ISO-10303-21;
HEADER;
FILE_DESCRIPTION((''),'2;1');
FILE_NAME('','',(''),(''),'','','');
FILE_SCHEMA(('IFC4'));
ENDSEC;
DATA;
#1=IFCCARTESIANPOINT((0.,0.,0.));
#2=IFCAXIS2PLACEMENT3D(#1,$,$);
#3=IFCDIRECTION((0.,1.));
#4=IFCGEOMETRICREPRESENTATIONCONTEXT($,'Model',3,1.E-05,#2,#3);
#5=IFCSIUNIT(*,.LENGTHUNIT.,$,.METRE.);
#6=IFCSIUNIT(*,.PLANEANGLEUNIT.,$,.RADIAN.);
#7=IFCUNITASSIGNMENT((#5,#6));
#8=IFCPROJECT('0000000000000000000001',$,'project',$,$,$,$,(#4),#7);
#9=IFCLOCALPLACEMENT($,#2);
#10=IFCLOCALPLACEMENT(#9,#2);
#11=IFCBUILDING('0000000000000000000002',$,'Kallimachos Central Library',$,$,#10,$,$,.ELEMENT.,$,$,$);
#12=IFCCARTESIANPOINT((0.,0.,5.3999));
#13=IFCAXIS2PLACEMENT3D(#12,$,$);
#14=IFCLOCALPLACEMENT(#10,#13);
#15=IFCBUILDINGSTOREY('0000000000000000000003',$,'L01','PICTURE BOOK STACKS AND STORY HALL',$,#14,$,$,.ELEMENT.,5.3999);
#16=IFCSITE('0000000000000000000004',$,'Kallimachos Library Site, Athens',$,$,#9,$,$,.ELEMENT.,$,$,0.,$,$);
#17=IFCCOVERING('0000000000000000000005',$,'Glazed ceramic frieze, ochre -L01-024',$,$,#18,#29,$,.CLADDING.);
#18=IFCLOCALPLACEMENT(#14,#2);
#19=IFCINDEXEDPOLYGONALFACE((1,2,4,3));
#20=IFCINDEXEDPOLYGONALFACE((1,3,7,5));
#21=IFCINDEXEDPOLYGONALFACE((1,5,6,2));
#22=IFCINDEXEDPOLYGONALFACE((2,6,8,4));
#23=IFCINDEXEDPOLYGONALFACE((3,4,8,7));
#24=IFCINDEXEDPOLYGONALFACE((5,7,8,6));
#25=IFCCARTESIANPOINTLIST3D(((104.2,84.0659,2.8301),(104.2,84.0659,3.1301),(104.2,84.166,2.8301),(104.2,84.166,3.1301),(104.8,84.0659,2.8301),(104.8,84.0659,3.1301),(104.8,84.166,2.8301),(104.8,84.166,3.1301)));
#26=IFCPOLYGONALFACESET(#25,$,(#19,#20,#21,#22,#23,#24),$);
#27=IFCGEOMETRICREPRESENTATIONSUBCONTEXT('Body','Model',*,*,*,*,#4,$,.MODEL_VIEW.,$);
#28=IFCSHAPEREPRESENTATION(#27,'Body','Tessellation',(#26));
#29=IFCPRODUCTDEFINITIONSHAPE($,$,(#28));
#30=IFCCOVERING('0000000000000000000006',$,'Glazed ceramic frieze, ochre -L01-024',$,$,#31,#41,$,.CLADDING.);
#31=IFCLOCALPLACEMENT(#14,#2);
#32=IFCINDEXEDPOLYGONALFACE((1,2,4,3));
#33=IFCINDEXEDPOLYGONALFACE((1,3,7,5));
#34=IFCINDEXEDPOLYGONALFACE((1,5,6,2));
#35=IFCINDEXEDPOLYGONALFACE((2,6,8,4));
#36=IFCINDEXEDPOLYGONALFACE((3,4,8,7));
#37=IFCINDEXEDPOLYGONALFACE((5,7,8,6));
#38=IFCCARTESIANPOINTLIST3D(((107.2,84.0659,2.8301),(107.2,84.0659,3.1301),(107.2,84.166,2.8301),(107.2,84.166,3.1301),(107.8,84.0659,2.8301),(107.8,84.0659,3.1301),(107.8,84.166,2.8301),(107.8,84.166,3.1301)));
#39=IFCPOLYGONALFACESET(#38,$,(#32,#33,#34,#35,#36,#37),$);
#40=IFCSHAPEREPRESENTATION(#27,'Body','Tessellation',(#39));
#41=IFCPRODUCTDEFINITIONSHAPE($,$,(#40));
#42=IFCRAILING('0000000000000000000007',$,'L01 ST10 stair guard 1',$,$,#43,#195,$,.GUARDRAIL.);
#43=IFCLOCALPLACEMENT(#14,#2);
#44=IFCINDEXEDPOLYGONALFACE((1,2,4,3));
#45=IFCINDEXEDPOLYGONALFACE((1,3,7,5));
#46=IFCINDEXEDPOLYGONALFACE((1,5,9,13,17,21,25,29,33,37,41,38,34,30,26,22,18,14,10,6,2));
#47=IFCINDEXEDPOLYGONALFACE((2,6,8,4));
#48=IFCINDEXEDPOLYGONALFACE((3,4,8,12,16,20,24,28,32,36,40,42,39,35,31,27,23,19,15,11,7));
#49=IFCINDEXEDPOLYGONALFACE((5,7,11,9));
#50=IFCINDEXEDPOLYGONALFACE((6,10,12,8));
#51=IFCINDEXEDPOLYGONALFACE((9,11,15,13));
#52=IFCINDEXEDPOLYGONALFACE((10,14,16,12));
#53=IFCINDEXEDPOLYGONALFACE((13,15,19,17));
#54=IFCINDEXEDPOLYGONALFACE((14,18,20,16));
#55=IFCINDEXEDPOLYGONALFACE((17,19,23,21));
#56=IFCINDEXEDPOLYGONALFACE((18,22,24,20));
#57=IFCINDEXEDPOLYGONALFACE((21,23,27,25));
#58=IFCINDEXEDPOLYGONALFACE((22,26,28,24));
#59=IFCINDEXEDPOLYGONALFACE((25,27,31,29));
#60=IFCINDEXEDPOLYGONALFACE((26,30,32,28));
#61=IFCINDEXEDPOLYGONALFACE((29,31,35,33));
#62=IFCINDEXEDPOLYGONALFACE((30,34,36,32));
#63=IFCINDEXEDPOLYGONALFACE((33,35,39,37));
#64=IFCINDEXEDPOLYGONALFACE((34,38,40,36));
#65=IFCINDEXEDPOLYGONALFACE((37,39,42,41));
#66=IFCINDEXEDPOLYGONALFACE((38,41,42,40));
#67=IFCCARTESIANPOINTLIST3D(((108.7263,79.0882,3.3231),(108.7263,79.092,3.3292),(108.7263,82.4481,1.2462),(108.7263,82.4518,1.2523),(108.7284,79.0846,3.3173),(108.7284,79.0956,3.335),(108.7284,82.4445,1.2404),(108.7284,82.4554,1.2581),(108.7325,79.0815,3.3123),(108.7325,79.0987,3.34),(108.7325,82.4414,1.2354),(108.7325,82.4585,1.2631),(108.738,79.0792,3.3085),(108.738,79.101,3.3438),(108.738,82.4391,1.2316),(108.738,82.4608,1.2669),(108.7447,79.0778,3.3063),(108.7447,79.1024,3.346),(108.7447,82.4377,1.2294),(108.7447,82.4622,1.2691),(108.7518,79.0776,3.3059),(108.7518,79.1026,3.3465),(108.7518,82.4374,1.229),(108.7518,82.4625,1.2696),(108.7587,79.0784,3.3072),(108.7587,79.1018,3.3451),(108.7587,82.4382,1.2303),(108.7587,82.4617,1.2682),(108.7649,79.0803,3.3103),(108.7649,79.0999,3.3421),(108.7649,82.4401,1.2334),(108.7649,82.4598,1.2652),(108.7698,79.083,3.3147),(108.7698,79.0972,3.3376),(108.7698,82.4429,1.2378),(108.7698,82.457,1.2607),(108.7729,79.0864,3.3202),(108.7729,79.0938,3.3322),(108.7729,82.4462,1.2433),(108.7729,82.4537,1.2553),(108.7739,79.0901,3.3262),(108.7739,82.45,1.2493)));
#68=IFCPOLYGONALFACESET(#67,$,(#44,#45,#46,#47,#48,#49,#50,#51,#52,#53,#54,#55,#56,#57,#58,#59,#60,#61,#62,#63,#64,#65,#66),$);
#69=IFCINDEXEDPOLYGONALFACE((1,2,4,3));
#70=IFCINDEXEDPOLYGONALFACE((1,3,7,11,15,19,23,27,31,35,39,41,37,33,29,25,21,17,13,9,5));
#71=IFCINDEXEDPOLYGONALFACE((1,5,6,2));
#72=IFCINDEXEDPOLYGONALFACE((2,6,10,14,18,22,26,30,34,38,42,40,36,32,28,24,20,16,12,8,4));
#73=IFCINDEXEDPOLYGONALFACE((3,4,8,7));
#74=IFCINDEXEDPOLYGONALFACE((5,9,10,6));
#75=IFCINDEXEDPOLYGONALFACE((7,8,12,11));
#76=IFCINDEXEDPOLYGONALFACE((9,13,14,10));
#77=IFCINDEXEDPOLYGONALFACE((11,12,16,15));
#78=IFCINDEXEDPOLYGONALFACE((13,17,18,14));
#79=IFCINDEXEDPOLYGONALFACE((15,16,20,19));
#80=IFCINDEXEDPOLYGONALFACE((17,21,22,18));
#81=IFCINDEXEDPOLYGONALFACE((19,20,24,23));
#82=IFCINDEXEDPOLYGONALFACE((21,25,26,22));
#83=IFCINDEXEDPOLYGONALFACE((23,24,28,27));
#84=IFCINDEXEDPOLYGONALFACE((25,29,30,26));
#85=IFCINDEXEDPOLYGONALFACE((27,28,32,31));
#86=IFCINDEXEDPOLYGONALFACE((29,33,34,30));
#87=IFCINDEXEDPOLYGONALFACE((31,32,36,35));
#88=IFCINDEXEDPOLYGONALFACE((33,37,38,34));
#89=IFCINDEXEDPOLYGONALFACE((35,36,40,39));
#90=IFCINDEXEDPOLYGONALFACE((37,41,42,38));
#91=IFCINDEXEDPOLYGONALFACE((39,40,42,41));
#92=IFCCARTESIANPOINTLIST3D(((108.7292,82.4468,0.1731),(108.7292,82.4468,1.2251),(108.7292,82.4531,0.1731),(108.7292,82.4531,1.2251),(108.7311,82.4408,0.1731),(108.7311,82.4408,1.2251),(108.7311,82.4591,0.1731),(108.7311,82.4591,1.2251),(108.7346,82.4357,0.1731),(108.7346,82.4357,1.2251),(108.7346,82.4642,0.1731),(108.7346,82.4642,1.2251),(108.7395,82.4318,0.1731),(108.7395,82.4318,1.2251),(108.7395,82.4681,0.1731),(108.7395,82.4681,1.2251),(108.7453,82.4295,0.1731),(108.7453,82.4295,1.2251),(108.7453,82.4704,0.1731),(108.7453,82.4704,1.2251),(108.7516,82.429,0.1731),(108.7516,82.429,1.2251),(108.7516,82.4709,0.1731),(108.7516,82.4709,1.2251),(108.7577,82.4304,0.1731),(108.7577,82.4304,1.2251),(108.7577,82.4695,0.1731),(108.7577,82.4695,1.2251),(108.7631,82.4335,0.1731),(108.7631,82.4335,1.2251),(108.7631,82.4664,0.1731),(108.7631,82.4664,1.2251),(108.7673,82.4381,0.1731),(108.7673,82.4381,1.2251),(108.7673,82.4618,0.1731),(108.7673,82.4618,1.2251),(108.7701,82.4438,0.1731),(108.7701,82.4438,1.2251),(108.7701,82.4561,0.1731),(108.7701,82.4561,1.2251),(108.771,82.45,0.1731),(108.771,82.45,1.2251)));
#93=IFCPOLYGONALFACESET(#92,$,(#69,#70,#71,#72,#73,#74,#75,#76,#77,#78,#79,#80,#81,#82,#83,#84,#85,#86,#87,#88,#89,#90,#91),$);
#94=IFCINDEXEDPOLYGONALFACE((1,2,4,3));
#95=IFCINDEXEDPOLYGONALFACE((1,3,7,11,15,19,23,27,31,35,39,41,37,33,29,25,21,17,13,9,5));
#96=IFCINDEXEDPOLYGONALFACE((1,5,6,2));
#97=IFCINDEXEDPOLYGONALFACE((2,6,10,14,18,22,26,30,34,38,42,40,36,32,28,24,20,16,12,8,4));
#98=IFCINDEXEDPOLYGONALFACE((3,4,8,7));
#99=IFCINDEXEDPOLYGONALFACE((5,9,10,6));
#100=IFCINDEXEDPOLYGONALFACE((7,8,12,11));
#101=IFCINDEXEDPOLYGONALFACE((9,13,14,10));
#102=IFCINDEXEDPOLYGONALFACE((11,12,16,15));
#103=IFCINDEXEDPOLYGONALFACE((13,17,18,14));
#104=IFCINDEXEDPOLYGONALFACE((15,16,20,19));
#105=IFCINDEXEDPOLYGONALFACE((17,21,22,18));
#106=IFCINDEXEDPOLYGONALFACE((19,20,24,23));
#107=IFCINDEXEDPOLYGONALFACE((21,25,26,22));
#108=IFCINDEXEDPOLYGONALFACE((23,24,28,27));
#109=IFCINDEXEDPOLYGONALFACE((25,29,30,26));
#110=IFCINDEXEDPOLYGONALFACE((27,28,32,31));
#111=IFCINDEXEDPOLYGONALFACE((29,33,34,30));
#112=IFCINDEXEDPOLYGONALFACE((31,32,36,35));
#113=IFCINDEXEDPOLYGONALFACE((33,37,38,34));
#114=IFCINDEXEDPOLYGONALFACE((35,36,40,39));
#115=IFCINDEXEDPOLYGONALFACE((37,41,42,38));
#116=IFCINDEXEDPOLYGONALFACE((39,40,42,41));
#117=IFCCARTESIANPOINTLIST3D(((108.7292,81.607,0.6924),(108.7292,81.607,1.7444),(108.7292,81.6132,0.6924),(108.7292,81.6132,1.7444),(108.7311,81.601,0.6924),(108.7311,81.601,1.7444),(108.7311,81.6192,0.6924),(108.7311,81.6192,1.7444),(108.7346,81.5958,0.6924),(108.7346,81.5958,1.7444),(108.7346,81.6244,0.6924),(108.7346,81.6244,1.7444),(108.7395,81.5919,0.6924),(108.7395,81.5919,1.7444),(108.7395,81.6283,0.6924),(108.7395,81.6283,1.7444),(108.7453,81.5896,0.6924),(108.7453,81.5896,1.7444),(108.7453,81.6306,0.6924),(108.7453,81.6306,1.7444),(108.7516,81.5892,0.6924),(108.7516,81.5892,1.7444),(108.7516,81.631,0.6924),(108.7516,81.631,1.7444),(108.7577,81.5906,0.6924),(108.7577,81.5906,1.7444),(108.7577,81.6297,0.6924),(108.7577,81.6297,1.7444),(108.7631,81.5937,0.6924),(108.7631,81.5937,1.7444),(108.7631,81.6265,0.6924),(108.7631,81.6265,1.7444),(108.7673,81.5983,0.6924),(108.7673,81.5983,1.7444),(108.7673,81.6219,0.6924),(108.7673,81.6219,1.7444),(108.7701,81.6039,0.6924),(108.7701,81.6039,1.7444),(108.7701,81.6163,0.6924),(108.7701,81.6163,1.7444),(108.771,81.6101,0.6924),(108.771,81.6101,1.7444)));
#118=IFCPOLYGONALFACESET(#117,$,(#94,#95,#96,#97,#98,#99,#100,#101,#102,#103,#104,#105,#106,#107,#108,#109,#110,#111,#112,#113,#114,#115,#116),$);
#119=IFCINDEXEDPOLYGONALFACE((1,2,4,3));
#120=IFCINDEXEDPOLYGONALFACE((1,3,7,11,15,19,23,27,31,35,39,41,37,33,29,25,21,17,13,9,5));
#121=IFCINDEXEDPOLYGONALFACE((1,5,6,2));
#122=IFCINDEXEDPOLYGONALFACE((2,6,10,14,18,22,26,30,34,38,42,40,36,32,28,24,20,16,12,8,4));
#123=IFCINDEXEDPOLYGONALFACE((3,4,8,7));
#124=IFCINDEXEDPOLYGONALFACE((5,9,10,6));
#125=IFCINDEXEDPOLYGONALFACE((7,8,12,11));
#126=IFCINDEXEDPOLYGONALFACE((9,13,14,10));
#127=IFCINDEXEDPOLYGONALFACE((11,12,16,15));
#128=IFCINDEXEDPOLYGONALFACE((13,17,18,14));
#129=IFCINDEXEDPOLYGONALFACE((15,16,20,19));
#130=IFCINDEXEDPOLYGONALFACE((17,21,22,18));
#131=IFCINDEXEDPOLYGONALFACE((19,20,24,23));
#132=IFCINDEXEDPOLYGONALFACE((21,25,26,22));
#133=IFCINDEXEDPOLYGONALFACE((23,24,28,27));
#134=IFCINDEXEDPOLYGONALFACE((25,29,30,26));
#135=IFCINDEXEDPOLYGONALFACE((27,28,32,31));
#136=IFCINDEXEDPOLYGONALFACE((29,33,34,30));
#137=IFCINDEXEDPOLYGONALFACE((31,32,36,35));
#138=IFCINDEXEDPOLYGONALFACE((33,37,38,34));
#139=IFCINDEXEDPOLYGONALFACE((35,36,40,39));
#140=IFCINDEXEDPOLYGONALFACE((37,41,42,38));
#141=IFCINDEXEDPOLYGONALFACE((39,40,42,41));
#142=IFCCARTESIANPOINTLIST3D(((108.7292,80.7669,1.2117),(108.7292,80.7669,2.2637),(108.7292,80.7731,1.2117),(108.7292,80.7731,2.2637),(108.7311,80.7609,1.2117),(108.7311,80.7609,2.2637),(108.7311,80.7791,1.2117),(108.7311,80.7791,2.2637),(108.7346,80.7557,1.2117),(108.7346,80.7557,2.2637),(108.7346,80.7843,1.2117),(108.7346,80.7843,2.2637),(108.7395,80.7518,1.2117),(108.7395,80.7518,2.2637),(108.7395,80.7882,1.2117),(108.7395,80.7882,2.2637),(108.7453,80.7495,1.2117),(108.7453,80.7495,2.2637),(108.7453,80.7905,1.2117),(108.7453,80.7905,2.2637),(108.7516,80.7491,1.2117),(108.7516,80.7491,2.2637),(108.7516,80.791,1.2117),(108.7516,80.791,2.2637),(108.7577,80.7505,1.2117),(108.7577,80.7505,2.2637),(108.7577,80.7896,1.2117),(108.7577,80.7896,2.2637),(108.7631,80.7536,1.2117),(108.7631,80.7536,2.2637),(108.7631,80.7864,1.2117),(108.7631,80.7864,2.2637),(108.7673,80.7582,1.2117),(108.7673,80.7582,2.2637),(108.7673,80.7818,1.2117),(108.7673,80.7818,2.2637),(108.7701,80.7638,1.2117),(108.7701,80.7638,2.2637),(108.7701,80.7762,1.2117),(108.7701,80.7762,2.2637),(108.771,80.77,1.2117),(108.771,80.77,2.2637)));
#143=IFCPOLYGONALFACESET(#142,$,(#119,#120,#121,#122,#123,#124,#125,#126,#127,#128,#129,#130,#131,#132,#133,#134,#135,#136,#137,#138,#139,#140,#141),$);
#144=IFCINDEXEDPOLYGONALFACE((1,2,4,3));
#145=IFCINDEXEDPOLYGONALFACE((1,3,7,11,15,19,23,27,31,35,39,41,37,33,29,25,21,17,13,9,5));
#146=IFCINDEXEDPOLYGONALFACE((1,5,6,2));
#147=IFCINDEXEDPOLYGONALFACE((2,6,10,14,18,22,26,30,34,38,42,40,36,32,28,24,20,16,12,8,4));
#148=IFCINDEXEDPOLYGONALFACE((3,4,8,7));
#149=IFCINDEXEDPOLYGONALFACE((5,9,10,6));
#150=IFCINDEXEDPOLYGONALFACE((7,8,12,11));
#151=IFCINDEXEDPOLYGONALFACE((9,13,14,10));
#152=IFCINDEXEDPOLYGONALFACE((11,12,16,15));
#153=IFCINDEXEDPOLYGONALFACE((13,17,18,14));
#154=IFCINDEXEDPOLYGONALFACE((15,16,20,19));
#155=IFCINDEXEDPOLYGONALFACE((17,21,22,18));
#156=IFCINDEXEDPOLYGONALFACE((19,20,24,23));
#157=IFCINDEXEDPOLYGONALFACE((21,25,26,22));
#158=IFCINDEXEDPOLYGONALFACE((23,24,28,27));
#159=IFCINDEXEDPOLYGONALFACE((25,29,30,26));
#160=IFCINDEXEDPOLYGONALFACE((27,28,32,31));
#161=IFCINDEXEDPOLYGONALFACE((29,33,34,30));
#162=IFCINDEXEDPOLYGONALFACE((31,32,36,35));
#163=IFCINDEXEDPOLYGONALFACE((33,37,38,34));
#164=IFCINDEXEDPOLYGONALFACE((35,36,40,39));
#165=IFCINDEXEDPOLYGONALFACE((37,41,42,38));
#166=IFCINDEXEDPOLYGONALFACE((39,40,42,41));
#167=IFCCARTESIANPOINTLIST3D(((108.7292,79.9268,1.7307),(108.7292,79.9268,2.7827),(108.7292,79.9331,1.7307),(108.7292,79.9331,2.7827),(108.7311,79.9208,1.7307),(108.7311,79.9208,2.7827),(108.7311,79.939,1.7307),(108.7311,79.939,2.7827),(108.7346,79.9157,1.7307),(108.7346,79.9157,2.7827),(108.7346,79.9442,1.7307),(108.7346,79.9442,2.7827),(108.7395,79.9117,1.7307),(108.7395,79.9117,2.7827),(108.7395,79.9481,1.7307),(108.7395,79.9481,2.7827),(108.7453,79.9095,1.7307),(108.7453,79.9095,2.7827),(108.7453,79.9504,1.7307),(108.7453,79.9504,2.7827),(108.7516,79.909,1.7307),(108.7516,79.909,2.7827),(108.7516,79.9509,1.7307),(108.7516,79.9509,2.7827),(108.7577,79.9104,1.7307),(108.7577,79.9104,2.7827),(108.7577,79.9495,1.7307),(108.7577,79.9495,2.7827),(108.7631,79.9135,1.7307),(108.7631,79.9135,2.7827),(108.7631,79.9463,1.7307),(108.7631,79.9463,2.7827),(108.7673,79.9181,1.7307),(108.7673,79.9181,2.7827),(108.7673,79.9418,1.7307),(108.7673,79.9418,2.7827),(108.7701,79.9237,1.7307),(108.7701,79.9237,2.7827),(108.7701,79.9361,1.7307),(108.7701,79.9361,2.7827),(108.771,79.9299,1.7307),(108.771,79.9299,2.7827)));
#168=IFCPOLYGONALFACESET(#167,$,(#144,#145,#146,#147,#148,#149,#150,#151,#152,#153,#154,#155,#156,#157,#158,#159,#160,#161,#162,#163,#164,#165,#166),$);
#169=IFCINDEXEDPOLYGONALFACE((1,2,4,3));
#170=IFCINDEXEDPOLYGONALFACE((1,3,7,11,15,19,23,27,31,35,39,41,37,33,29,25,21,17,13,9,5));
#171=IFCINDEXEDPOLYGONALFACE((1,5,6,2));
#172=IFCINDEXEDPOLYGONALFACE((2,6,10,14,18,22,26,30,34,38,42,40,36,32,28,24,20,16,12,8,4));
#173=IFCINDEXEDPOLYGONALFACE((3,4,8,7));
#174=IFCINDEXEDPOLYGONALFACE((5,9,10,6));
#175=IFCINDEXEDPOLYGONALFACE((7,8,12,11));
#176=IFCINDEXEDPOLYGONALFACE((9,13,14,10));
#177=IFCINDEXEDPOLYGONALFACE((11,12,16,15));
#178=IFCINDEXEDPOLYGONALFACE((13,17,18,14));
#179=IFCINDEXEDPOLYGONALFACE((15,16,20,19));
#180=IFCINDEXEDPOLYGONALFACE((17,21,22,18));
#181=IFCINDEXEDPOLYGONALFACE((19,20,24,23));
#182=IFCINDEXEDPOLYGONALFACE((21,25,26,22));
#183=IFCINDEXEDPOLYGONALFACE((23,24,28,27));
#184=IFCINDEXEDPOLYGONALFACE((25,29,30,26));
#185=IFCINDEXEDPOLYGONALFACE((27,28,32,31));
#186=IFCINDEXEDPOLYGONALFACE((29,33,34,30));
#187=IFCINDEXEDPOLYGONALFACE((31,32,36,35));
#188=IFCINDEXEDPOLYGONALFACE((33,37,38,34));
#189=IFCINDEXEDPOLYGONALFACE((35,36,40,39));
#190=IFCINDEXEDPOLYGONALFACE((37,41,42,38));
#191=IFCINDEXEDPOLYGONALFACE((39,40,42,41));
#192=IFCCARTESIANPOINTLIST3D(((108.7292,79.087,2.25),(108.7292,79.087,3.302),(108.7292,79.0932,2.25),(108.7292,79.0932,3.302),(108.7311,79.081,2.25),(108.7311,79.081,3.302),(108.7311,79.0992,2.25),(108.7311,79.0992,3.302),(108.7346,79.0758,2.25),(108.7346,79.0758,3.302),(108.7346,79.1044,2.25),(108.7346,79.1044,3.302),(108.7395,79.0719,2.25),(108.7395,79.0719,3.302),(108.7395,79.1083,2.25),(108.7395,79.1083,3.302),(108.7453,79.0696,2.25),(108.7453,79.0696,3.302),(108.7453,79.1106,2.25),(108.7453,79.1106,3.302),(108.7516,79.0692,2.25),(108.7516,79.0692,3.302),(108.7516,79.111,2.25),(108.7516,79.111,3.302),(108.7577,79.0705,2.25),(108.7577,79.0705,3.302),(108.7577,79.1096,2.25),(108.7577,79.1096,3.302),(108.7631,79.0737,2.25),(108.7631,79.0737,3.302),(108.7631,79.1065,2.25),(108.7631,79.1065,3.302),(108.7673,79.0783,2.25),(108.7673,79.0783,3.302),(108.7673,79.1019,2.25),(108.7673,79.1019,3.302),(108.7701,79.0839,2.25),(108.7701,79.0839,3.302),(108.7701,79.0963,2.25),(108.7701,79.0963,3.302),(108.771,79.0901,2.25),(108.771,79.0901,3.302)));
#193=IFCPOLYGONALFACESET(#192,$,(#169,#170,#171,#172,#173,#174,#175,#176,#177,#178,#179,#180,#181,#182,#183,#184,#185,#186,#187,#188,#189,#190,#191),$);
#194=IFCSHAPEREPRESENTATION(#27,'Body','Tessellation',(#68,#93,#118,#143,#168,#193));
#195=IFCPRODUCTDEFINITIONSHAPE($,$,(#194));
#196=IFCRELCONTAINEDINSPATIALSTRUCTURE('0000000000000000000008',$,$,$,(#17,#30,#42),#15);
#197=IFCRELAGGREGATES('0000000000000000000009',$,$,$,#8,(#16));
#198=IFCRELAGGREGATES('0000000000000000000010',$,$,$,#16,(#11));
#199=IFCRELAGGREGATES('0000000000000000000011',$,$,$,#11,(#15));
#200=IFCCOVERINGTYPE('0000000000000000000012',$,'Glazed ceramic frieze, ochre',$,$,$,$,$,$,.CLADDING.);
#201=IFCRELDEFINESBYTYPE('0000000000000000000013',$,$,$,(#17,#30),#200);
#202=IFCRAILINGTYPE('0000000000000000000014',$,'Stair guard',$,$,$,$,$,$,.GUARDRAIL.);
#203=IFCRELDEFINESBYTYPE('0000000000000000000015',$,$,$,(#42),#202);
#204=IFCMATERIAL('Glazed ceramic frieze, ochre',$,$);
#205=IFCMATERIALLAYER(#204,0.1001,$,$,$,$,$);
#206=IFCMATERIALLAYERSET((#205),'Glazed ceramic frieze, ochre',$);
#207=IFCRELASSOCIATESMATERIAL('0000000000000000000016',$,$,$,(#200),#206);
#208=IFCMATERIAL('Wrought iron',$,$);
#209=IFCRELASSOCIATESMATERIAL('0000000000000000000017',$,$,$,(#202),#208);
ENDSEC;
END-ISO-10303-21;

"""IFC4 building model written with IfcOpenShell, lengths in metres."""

from ifc_helpers import new_model, si_unit, direction, frame, origin, origin_2d, place, context, subcontext, project, spatial, rectangle, circle, extrude, material, layer, layer_set, type_object, element, save


model = new_model("IFC4")

# Units and contexts
model_context = context("Model", 3, precision=1e-05, world=origin(), true_north=direction((0.0, 1.0)))
body_context = subcontext(model_context, "Body", "Model", "MODEL_VIEW")
ifc_project = project(units=[si_unit("LENGTHUNIT", "METRE"), si_unit("PLANEANGLEUNIT", "RADIAN")], contexts=[model_context])

# Site, building, storey
site_placement = place(None, origin())
site = spatial("IfcSite", under=ifc_project, at=site_placement, Name="Kallimachos Library Site, Athens", CompositionType="ELEMENT", RefElevation=0.0)
building_placement = place(site_placement, origin())
building = spatial("IfcBuilding", under=site, at=building_placement, Name="Kallimachos Central Library", CompositionType="ELEMENT")
storey_placement = place(building_placement, frame((0.0, 0.0, 5.3999)))
storey = spatial("IfcBuildingStorey", under=building, at=storey_placement, Name="L01", Description="PICTURE BOOK STACKS AND STORY HALL", CompositionType="ELEMENT", Elevation=5.3999)

# Coverings
ifc_material_1 = material(Name="Glazed ceramic frieze, ochre")
ifc_layer_1 = layer(ifc_material_1, 0.1001)
ifc_layer_set_1 = layer_set([ifc_layer_1], Name="Glazed ceramic frieze, ochre")
covering_type_1 = type_object("IfcCoveringType", Name="Glazed ceramic frieze, ochre", PredefinedType="CLADDING", material=ifc_layer_set_1)
for number, where, z_axis, x_axis, name in (
    (1, (104.5, 84.116, 2.8301), (0.0, 0.0, 1.0), (1.0, 0.0, 0.0), "Glazed ceramic frieze, ochre -L01-024"),
    (2, (107.5, 84.116, 2.8301), (0.0, 0.0, 1.0), (1.0, 0.0, 0.0), "Glazed ceramic frieze, ochre -L01-024"),
):
    element("IfcCovering", number, at=place(storey_placement, frame(where, z_axis=z_axis, x_axis=x_axis)), inside=storey, type_object=covering_type_1, Name=name, PredefinedType="CLADDING", context=body_context, shape_type="SweptSolid", body=[
        extrude(rectangle(XDim=0.6001, YDim=0.1001, at=origin_2d()), origin(), (0.0, 0.0, 1.0), 0.3),
    ])

# Railing
ifc_material_2 = material(Name="Wrought iron")
railing_type_1 = type_object("IfcRailingType", Name="Stair guard", PredefinedType="GUARDRAIL", material=ifc_material_2)
railing_1_placement = place(storey_placement, frame((108.75, 82.45, 0.1731)))
element("IfcRailing", 3, at=railing_1_placement, inside=storey, type_object=railing_type_1, Name="L01 ST10 stair guard 1", PredefinedType="GUARDRAIL", context=body_context, shape_type="SweptSolid", body=[
    extrude(circle(Radius=0.0239, at=origin_2d()), frame((0.0, 0.0, 1.0762), z_axis=(0.0, -0.850606, 0.525803), x_axis=(1.0, 0.0, 0.0)), (0.0, 0.0, 1.0), 3.95),
    extrude(circle(Radius=0.021, at=origin_2d()), origin(), (0.0, 0.0, 1.0), 1.052),
    extrude(circle(Radius=0.021, at=origin_2d()), frame((0.0, -0.8398, 0.5193)), (0.0, 0.0, 1.0), 1.052),
    extrude(circle(Radius=0.021, at=origin_2d()), frame((0.0, -1.6799, 1.0386)), (0.0, 0.0, 1.0), 1.052),
    extrude(circle(Radius=0.021, at=origin_2d()), frame((0.0, -2.52, 1.5576)), (0.0, 0.0, 1.0), 1.052),
    extrude(circle(Radius=0.021, at=origin_2d()), frame((0.0, -3.3599, 2.0769)), (0.0, 0.0, 1.0), 1.052),
])

save(model, "model.ifc")
